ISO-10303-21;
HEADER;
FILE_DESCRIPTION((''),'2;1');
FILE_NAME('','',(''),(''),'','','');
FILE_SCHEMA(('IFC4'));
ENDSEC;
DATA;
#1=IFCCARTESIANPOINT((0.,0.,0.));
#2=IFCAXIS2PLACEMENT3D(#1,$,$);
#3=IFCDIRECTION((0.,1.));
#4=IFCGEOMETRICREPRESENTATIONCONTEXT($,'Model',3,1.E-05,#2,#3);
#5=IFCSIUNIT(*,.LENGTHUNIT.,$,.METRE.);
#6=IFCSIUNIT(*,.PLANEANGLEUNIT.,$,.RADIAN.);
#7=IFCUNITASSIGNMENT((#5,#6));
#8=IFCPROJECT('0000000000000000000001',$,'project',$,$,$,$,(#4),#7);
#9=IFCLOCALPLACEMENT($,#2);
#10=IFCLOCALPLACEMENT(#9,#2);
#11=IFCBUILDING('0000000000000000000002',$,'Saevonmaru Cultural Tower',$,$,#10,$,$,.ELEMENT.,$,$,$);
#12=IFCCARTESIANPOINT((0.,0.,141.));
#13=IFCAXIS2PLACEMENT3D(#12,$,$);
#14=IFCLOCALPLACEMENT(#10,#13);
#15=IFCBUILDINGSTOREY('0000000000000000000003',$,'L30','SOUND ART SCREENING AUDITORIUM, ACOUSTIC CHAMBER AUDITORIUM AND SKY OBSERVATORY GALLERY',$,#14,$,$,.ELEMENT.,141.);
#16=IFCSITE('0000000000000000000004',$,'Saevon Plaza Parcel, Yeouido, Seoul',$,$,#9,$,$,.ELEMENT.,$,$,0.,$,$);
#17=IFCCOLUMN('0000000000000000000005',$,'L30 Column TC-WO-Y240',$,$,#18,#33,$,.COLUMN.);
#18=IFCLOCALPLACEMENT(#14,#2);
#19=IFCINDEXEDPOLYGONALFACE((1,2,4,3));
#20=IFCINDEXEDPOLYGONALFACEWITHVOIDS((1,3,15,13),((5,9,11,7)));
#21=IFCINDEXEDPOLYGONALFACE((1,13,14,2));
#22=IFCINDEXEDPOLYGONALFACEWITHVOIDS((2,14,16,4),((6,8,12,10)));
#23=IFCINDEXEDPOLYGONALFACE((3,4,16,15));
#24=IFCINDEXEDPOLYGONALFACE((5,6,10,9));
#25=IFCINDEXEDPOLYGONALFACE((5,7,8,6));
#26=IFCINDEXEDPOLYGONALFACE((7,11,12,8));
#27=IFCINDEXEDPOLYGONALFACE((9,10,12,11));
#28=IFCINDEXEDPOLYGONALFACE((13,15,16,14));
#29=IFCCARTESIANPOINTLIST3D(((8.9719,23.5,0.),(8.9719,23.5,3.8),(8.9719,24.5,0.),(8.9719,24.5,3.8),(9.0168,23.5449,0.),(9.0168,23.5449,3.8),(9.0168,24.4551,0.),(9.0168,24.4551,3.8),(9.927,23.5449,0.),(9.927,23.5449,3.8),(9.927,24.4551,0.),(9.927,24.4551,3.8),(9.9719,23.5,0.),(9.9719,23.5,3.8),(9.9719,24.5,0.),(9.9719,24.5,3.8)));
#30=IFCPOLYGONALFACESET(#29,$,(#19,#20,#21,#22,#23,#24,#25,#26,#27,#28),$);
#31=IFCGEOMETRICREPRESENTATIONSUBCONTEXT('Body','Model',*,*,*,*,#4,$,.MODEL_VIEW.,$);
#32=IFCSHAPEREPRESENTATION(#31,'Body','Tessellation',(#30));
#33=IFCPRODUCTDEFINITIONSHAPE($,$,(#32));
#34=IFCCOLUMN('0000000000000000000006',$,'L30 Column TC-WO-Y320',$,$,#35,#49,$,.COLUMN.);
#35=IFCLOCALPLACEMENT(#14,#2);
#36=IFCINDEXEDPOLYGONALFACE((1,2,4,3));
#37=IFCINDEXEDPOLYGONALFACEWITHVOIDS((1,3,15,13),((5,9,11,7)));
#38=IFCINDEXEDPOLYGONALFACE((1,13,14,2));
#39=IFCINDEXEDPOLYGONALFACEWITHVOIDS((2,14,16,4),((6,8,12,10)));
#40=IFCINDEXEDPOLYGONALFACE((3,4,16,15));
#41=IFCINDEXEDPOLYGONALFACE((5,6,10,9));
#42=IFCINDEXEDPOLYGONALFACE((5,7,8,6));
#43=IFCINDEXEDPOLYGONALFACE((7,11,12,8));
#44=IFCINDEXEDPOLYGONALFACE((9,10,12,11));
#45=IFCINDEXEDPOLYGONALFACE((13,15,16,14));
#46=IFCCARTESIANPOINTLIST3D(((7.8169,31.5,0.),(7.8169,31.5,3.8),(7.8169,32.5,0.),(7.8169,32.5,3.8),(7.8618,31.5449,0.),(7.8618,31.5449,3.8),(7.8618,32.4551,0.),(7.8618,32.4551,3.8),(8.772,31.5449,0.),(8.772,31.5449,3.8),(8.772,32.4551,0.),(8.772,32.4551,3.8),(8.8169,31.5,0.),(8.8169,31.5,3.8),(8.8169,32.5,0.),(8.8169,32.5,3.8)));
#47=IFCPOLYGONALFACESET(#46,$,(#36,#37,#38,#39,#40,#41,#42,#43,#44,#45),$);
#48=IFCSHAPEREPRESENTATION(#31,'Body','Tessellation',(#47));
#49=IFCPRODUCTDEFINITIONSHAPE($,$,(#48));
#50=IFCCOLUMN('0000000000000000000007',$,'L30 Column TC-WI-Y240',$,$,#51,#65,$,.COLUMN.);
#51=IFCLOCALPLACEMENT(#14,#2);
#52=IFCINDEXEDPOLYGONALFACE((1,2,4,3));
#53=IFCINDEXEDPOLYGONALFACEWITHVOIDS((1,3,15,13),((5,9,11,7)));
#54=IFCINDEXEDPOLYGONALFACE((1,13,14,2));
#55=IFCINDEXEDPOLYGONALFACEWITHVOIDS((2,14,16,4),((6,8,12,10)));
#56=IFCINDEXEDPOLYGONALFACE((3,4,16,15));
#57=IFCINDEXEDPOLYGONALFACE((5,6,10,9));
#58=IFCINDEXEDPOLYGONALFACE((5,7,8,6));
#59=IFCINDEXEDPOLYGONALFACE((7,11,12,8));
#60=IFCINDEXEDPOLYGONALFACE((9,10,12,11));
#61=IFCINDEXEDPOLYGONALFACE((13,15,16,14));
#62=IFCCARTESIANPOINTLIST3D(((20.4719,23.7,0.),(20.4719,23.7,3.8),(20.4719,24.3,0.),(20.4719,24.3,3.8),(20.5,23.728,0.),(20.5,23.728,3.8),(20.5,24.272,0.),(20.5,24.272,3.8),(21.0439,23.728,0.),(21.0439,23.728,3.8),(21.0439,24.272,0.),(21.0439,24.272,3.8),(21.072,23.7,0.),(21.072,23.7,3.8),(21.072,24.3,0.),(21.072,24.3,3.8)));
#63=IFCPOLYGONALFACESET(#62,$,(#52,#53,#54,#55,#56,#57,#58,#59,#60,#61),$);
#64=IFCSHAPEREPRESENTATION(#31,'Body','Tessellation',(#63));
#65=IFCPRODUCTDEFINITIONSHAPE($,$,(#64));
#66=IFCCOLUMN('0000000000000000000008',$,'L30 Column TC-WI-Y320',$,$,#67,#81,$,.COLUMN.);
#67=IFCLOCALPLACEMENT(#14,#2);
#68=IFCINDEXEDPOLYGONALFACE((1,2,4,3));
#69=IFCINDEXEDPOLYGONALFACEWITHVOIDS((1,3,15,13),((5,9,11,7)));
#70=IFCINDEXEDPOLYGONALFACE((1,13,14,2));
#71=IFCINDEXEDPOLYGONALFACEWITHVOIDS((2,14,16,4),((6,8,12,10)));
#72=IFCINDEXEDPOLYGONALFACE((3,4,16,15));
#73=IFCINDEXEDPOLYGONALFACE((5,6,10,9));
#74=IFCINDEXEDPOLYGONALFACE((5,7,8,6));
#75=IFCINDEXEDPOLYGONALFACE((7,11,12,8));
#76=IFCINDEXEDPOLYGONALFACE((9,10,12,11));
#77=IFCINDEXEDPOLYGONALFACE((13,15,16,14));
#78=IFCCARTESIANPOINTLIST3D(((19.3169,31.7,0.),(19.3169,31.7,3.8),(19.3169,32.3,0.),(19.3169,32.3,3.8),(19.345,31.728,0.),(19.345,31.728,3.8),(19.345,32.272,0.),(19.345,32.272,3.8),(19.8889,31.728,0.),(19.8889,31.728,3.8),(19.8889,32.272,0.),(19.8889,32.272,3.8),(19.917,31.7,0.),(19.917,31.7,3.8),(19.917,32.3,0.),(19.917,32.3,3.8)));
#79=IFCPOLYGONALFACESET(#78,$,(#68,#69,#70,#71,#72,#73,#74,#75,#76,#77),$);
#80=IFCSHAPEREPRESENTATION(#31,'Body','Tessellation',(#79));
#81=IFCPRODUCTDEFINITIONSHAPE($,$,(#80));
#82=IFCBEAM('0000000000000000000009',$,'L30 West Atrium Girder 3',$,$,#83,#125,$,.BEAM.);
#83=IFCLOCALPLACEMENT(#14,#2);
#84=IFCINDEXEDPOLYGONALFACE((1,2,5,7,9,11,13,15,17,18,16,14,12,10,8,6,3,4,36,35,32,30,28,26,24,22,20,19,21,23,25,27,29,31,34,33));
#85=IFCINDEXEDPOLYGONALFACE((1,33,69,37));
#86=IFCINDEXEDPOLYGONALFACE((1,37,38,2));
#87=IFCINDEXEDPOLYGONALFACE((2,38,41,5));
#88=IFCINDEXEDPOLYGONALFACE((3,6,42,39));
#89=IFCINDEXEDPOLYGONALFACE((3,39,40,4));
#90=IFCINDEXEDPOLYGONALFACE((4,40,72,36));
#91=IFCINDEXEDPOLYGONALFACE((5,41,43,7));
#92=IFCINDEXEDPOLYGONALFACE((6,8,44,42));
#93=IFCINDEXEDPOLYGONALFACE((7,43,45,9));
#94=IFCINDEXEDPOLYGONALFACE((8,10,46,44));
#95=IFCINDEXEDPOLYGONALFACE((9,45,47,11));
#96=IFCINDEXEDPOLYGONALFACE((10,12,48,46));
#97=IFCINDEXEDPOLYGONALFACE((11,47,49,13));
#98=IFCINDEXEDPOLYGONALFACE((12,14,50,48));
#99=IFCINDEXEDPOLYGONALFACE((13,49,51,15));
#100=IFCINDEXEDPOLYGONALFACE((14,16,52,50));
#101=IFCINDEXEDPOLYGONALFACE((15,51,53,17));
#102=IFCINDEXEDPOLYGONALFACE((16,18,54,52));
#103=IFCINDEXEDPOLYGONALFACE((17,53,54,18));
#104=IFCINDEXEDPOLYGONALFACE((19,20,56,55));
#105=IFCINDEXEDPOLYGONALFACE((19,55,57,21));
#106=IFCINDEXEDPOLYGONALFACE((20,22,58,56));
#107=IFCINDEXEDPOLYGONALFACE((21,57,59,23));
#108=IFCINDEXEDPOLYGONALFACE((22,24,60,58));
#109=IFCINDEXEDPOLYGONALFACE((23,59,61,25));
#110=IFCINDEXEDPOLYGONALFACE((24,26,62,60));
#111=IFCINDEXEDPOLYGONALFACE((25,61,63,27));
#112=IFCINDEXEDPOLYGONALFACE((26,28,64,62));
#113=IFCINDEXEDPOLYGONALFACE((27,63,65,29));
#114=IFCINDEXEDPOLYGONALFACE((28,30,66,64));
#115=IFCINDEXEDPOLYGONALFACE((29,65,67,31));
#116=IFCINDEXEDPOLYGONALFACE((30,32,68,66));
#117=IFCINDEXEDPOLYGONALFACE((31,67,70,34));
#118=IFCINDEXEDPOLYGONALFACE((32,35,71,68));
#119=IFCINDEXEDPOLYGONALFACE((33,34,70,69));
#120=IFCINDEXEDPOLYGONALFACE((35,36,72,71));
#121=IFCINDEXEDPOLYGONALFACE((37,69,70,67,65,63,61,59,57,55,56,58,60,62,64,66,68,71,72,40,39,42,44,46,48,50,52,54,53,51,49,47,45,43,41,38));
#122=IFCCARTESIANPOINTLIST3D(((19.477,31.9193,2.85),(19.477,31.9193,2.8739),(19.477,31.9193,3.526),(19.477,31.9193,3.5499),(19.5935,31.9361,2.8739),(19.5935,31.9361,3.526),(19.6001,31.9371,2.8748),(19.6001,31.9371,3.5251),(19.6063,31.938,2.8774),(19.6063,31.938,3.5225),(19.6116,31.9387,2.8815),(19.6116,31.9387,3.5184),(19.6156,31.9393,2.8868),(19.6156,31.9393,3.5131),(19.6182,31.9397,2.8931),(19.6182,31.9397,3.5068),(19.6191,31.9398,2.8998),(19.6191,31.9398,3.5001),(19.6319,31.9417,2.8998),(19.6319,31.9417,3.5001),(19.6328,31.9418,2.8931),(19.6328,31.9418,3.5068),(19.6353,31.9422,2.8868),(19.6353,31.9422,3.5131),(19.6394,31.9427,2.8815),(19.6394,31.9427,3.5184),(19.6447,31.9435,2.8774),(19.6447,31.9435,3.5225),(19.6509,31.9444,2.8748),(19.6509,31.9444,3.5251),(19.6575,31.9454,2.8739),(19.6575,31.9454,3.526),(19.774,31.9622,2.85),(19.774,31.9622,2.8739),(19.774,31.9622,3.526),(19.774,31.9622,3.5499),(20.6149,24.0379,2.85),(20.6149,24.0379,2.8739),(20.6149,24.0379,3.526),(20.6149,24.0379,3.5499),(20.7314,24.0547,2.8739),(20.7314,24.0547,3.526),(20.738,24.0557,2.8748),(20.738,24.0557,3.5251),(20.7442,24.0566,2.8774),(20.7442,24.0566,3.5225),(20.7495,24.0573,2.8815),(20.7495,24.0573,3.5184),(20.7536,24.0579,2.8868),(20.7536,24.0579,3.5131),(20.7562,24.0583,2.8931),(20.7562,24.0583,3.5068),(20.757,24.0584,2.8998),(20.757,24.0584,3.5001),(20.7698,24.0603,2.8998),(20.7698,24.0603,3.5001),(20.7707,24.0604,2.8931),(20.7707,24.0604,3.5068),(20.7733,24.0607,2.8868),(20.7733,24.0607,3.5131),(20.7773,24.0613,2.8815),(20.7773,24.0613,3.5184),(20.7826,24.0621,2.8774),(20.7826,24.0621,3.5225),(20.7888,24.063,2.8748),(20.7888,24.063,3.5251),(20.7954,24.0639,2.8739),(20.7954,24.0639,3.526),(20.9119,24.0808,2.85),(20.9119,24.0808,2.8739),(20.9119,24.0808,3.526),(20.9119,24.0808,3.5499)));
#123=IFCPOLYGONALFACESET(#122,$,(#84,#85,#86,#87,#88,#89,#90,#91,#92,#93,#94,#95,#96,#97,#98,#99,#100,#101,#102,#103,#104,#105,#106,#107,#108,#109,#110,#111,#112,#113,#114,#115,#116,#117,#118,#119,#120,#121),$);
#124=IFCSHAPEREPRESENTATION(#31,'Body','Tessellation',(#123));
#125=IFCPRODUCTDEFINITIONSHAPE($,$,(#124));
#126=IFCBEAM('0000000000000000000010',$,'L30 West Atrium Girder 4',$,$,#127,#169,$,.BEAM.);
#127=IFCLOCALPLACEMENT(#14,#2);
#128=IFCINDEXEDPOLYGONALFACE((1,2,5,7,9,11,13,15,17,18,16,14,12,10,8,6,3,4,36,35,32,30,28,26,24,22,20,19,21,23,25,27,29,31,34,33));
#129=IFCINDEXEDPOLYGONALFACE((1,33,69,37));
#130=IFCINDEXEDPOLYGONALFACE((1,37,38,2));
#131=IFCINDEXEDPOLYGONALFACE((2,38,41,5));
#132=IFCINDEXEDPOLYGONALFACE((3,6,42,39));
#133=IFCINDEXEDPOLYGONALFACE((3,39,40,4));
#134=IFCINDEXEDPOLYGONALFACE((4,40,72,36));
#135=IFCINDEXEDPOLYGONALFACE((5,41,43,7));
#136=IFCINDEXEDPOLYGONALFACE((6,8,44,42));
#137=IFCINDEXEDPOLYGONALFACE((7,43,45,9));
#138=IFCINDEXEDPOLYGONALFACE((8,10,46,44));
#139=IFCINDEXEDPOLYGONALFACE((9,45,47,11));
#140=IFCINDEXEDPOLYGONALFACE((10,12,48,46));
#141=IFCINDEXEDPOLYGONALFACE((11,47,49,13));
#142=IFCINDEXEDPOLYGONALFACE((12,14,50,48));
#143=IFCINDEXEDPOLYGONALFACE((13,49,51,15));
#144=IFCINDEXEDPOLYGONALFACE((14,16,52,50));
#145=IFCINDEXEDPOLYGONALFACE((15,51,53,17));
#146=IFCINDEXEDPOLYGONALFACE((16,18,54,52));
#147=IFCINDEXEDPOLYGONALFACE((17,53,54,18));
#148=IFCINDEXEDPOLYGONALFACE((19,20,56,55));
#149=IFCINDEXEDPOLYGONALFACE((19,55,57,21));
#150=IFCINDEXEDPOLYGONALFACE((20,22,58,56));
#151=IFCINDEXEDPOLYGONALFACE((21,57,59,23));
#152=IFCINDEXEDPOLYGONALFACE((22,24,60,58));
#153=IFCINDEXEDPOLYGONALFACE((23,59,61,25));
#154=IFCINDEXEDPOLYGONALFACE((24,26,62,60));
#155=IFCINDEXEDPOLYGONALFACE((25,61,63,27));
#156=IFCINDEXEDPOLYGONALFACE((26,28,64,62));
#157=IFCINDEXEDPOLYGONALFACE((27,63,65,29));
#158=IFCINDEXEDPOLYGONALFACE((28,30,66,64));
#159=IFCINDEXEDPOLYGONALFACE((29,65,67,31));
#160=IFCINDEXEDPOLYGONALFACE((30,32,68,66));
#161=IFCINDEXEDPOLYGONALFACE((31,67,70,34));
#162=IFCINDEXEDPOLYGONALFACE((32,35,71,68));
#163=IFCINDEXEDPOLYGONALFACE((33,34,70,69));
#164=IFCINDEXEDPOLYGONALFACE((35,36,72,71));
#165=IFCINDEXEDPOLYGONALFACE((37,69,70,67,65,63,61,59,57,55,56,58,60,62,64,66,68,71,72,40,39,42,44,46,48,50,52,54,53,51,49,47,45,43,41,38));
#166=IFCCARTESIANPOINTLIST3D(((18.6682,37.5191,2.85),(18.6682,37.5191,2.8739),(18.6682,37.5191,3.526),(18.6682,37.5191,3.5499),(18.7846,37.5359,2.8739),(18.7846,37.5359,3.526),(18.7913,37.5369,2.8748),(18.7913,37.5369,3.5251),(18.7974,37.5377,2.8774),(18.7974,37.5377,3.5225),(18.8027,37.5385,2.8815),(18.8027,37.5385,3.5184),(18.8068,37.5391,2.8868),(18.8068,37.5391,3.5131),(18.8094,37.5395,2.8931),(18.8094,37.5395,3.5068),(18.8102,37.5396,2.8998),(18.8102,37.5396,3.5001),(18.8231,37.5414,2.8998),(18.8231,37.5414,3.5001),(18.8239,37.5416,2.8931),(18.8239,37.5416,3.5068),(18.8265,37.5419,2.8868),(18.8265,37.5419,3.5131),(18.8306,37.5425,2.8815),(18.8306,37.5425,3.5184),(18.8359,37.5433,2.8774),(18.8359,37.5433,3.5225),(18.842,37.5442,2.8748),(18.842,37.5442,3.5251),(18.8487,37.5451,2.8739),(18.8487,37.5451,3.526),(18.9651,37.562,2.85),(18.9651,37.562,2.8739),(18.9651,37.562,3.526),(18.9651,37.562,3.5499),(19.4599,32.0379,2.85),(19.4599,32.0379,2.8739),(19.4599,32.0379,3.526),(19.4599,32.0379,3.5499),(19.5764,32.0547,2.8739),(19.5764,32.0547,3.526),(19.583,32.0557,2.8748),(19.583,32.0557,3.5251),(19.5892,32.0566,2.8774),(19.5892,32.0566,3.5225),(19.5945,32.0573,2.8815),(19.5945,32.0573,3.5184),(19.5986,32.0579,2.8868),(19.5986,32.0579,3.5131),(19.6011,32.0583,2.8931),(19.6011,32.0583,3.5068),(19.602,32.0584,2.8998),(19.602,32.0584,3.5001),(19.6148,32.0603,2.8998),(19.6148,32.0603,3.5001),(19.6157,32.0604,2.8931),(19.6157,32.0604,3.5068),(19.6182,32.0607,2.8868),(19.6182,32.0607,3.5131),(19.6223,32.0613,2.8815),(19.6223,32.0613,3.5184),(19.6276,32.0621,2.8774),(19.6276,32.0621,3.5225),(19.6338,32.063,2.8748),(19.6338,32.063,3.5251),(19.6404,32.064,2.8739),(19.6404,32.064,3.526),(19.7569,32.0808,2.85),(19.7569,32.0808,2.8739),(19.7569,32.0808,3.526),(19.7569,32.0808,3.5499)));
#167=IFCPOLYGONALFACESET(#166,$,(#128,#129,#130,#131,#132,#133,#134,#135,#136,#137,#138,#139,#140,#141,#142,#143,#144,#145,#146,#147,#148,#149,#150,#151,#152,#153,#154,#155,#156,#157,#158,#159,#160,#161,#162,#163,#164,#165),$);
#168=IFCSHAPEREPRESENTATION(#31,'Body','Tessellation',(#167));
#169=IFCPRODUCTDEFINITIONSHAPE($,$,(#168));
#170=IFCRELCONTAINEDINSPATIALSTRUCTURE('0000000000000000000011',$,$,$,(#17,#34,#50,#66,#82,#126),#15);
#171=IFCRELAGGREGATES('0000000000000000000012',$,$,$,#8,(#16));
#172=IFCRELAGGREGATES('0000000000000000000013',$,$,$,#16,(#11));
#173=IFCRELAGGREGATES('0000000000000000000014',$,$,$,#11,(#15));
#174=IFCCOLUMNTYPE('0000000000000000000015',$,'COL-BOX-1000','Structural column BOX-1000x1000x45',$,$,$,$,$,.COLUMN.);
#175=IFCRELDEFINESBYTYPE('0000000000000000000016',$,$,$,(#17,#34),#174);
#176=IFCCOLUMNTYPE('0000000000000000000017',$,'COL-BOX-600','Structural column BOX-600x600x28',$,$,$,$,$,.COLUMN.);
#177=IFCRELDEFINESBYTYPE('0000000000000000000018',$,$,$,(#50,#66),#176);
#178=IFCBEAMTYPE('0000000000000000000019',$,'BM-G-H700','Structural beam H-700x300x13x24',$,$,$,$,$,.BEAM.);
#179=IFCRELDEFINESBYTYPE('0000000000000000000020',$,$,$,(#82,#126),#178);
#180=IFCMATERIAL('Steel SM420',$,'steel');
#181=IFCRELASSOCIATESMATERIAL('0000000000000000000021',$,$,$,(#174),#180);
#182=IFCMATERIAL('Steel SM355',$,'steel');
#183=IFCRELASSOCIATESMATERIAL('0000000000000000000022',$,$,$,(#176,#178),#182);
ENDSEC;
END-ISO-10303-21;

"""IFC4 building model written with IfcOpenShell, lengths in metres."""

from ifc_helpers import new_model, si_unit, direction, frame, origin, origin_2d, place, context, subcontext, project, spatial, hollow_rectangle, i_section, extrude, material, material_profile, profile_set, type_object, element, save


model = new_model("IFC4")

# Units and contexts
model_context = context("Model", 3, precision=1e-05, world=origin(), true_north=direction((0.0, 1.0)))
body_context = subcontext(model_context, "Body", "Model", "MODEL_VIEW")
ifc_project = project(units=[si_unit("LENGTHUNIT", "METRE"), si_unit("PLANEANGLEUNIT", "RADIAN")], contexts=[model_context])

# Site, building, storey
site_placement = place(None, origin())
site = spatial("IfcSite", under=ifc_project, at=site_placement, Name="Saevon Plaza Parcel, Yeouido, Seoul", CompositionType="ELEMENT", RefElevation=0.0)
building_placement = place(site_placement, origin())
building = spatial("IfcBuilding", under=site, at=building_placement, Name="Saevonmaru Cultural Tower", CompositionType="ELEMENT")
storey_placement = place(building_placement, frame((0.0, 0.0, 141.0)))
storey = spatial("IfcBuildingStorey", under=building, at=storey_placement, Name="L30", Description="SOUND ART SCREENING AUDITORIUM, ACOUSTIC CHAMBER AUDITORIUM AND SKY OBSERVATORY GALLERY", CompositionType="ELEMENT", Elevation=141.0)

# Columns
ifc_material_1 = material(Name="Steel SM420", Category="steel")
ifc_material_profile_1 = material_profile(ifc_material_1, hollow_rectangle(XDim=1.0, YDim=1.0, WallThickness=0.0449, at=origin_2d()), Name="BOX-1000x1000x45")
ifc_profile_set_1 = profile_set([ifc_material_profile_1], Name="Steel SM420")
column_type_1 = type_object("IfcColumnType", Name="COL-BOX-1000", Description="Structural column BOX-1000x1000x45", PredefinedType="COLUMN", material=ifc_profile_set_1)
for number, where, z_axis, x_axis, name in (
    (1, (9.4719, 24.0, 0.0), (0.0, 0.0, 1.0), (1.0, 0.0, 0.0), "L30 Column TC-WO-Y240"),
    (2, (8.3169, 32.0, 0.0), (0.0, 0.0, 1.0), (1.0, 0.0, 0.0), "L30 Column TC-WO-Y320"),
):
    element("IfcColumn", number, at=place(storey_placement, frame(where, z_axis=z_axis, x_axis=x_axis)), inside=storey, type_object=column_type_1, Name=name, PredefinedType="COLUMN", context=body_context, shape_type="SweptSolid", body=[
        extrude(hollow_rectangle(XDim=1.0, YDim=1.0, WallThickness=0.0449, at=origin_2d()), origin(), (0.0, 0.0, 1.0), 3.8),
    ])
ifc_material_2 = material(Name="Steel SM355", Category="steel")
ifc_material_profile_2 = material_profile(ifc_material_2, hollow_rectangle(XDim=0.6001, YDim=0.6001, WallThickness=0.0281, at=origin_2d()), Name="BOX-600x600x28")
ifc_profile_set_2 = profile_set([ifc_material_profile_2], Name="Steel SM355")
column_type_2 = type_object("IfcColumnType", Name="COL-BOX-600", Description="Structural column BOX-600x600x28", PredefinedType="COLUMN", material=ifc_profile_set_2)
for number, where, z_axis, x_axis, name in (
    (3, (20.772, 24.0, 0.0), (0.0, 0.0, 1.0), (1.0, 0.0, 0.0), "L30 Column TC-WI-Y240"),
    (4, (19.6169, 32.0, 0.0), (0.0, 0.0, 1.0), (1.0, 0.0, 0.0), "L30 Column TC-WI-Y320"),
):
    element("IfcColumn", number, at=place(storey_placement, frame(where, z_axis=z_axis, x_axis=x_axis)), inside=storey, type_object=column_type_2, Name=name, PredefinedType="COLUMN", context=body_context, shape_type="SweptSolid", body=[
        extrude(hollow_rectangle(XDim=0.6001, YDim=0.6001, WallThickness=0.0281, at=origin_2d()), origin(), (0.0, 0.0, 1.0), 3.8),
    ])

# Beams
ifc_material_profile_3 = material_profile(ifc_material_2, i_section(OverallWidth=0.3, OverallDepth=0.7, WebThickness=0.0129, FlangeThickness=0.0239, FilletRadius=0.0259, at=origin_2d()), Name="H-700x300x13x24")
ifc_profile_set_3 = profile_set([ifc_material_profile_3], Name="Steel SM355")
beam_type_1 = type_object("IfcBeamType", Name="BM-G-H700", Description="Structural beam H-700x300x13x24", PredefinedType="BEAM", material=ifc_profile_set_3)
beam_1_placement = place(storey_placement, frame((20.7634, 24.0593, 3.2), z_axis=(-0.142902, 0.989737, 0.0), x_axis=(-0.989737, -0.142902, 0.0)))
element("IfcBeam", 5, at=beam_1_placement, inside=storey, type_object=beam_type_1, Name="L30 West Atrium Girder 3", PredefinedType="BEAM", context=body_context, shape_type="SweptSolid", body=[
    extrude(i_section(OverallWidth=0.3, OverallDepth=0.7, WebThickness=0.0129, FlangeThickness=0.0239, FilletRadius=0.0259, at=origin_2d()), origin(), (0.0, 0.0, 1.0), 7.9631),
])
beam_2_placement = place(storey_placement, frame((19.6084, 32.0593, 3.2), z_axis=(-0.142964, 0.989728, 0.0), x_axis=(-0.989728, -0.142964, 0.0)))
element("IfcBeam", 6, at=beam_2_placement, inside=storey, type_object=beam_type_1, Name="L30 West Atrium Girder 4", PredefinedType="BEAM", context=body_context, shape_type="SweptSolid", body=[
    extrude(i_section(OverallWidth=0.3, OverallDepth=0.7, WebThickness=0.0129, FlangeThickness=0.0239, FilletRadius=0.0259, at=origin_2d()), origin(), (0.0, 0.0, 1.0), 5.5381),
])

save(model, "model.ifc")
